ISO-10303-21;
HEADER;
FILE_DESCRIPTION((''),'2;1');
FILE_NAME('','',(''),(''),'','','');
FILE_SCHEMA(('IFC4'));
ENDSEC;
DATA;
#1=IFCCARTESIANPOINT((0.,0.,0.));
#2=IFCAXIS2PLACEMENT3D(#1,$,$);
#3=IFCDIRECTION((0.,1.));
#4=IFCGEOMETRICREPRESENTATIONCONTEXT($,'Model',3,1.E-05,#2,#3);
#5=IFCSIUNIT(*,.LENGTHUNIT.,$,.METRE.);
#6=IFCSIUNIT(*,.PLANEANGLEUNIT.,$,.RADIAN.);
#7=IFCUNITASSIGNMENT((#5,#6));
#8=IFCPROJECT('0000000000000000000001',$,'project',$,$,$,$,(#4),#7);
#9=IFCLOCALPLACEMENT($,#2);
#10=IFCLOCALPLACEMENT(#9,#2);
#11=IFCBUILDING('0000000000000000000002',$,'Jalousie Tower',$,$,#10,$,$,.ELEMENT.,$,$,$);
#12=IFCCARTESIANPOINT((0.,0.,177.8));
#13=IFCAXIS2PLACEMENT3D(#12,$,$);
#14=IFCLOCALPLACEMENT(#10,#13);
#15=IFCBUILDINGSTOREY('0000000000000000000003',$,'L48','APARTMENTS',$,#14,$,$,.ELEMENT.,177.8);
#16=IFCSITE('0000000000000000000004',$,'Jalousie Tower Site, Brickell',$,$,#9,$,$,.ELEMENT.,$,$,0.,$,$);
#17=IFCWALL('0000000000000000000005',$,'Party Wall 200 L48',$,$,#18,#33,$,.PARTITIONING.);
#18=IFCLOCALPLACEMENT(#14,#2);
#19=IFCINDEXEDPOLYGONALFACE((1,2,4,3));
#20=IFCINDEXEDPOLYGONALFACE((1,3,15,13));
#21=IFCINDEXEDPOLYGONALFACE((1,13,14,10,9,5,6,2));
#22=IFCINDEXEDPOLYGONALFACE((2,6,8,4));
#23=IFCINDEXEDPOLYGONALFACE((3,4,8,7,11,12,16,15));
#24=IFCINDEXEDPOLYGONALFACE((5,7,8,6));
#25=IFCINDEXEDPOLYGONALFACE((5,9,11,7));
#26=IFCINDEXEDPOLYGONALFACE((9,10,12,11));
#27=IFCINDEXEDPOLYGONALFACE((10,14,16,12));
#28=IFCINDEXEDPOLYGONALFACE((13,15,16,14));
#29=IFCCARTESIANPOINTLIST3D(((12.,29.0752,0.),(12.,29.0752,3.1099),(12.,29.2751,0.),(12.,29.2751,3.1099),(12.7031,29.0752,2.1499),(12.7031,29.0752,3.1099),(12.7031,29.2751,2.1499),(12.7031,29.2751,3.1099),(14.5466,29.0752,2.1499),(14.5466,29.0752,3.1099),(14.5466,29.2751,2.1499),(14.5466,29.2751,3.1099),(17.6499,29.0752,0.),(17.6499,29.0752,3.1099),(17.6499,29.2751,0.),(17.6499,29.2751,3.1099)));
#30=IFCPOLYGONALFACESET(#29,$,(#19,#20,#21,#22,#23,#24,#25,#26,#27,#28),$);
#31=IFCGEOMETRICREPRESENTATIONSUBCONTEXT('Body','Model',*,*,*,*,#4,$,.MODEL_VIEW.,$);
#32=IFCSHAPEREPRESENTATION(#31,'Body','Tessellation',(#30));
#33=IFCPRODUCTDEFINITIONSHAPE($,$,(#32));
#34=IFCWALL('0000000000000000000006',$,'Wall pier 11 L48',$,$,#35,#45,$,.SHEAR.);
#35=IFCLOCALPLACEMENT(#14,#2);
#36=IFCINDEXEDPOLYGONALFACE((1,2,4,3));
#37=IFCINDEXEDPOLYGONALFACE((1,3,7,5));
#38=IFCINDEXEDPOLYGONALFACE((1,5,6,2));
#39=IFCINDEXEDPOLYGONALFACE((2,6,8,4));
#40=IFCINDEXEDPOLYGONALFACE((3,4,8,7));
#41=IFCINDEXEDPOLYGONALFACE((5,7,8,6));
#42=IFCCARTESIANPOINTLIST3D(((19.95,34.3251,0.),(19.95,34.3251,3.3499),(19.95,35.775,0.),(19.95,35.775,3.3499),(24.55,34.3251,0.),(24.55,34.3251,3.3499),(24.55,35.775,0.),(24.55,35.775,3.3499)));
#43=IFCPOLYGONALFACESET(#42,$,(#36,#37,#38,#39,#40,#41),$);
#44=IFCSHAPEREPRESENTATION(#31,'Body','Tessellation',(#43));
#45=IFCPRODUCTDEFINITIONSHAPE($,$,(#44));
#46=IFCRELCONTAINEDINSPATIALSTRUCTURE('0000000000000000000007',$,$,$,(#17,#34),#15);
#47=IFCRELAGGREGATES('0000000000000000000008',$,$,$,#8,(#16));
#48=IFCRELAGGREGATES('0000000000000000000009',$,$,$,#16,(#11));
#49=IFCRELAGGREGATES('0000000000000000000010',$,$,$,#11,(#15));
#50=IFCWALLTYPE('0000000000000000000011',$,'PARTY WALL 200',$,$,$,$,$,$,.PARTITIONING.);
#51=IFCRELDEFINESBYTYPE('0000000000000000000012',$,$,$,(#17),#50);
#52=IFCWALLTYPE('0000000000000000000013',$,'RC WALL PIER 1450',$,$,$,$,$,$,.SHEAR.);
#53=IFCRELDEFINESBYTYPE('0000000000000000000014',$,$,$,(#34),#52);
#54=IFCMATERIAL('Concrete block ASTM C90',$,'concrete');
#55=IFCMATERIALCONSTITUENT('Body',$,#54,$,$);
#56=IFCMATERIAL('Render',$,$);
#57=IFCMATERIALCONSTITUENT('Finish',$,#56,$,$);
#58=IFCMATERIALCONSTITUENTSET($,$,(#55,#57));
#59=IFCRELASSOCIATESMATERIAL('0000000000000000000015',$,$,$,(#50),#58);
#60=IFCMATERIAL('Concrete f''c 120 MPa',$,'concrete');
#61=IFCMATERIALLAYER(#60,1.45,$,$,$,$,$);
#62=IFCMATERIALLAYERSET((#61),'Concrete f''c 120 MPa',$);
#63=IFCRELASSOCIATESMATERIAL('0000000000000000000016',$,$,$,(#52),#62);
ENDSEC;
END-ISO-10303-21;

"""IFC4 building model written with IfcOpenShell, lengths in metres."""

from ifc_helpers import new_model, si_unit, direction, frame, frame_2d, origin, place, context, subcontext, project, spatial, polyline, rectangle, outline, extrude, material, layer, layer_set, constituent, constituent_set, type_object, element, save


model = new_model("IFC4")

# Units and contexts
model_context = context("Model", 3, precision=1e-05, world=origin(), true_north=direction((0.0, 1.0)))
body_context = subcontext(model_context, "Body", "Model", "MODEL_VIEW")
ifc_project = project(units=[si_unit("LENGTHUNIT", "METRE"), si_unit("PLANEANGLEUNIT", "RADIAN")], contexts=[model_context])

# Site, building, storey
site_placement = place(None, origin())
site = spatial("IfcSite", under=ifc_project, at=site_placement, Name="Jalousie Tower Site, Brickell", CompositionType="ELEMENT", RefElevation=0.0)
building_placement = place(site_placement, origin())
building = spatial("IfcBuilding", under=site, at=building_placement, Name="Jalousie Tower", CompositionType="ELEMENT")
storey_placement = place(building_placement, frame((0.0, 0.0, 177.8)))
storey = spatial("IfcBuildingStorey", under=building, at=storey_placement, Name="L48", Description="APARTMENTS", CompositionType="ELEMENT", Elevation=177.8)

# Walls
ifc_material_1 = material(Name="Concrete block ASTM C90", Category="concrete")
ifc_constituent_1 = constituent(ifc_material_1, Name="Body")
ifc_material_2 = material(Name="Render")
ifc_constituent_2 = constituent(ifc_material_2, Name="Finish")
ifc_constituent_set_1 = constituent_set(constituents=[ifc_constituent_1, ifc_constituent_2])
wall_type_1 = type_object("IfcWallType", Name="PARTY WALL 200", PredefinedType="PARTITIONING", material=ifc_constituent_set_1)
wall_1_placement = place(storey_placement, frame((12.0, 29.175, 0.0), z_axis=(0.0, 0.0, 1.0), x_axis=(1.0, 0.0, 0.0)))
element("IfcWall", 1, at=wall_1_placement, inside=storey, type_object=wall_type_1, Name="Party Wall 200 L48", PredefinedType="PARTITIONING", context=body_context, shape_type="SweptSolid", body=[
    extrude(outline(polyline([(0.0, 0.0), (5.6499, 0.0), (5.6499, 3.1099), (2.5466, 3.1099), (2.5466, 2.1499), (0.7031, 2.1499), (0.7031, 3.1099), (0.0, 3.1099), (0.0, 0.0)])), frame((0.0, 0.1001, 0.0), z_axis=(0.0, -1.0, 0.0), x_axis=(1.0, 0.0, 0.0)), (0.0, 0.0, 1.0), 0.2),
])
ifc_material_3 = material(Name="Concrete f'c 120 MPa", Category="concrete")
ifc_layer_1 = layer(ifc_material_3, 1.45)
ifc_layer_set_1 = layer_set([ifc_layer_1], Name="Concrete f'c 120 MPa")
wall_type_2 = type_object("IfcWallType", Name="RC WALL PIER 1450", PredefinedType="SHEAR", material=ifc_layer_set_1)
wall_2_placement = place(storey_placement, frame((19.95, 35.05, 0.0), z_axis=(0.0, 0.0, 1.0), x_axis=(1.0, 0.0, 0.0)))
element("IfcWall", 2, at=wall_2_placement, inside=storey, type_object=wall_type_2, Name="Wall pier 11 L48", PredefinedType="SHEAR", context=body_context, shape_type="SweptSolid", body=[
    extrude(rectangle(XDim=4.6001, YDim=1.45, at=frame_2d((2.3, 0.0))), origin(), (0.0, 0.0, 1.0), 3.3499),
])

save(model, "model.ifc")
